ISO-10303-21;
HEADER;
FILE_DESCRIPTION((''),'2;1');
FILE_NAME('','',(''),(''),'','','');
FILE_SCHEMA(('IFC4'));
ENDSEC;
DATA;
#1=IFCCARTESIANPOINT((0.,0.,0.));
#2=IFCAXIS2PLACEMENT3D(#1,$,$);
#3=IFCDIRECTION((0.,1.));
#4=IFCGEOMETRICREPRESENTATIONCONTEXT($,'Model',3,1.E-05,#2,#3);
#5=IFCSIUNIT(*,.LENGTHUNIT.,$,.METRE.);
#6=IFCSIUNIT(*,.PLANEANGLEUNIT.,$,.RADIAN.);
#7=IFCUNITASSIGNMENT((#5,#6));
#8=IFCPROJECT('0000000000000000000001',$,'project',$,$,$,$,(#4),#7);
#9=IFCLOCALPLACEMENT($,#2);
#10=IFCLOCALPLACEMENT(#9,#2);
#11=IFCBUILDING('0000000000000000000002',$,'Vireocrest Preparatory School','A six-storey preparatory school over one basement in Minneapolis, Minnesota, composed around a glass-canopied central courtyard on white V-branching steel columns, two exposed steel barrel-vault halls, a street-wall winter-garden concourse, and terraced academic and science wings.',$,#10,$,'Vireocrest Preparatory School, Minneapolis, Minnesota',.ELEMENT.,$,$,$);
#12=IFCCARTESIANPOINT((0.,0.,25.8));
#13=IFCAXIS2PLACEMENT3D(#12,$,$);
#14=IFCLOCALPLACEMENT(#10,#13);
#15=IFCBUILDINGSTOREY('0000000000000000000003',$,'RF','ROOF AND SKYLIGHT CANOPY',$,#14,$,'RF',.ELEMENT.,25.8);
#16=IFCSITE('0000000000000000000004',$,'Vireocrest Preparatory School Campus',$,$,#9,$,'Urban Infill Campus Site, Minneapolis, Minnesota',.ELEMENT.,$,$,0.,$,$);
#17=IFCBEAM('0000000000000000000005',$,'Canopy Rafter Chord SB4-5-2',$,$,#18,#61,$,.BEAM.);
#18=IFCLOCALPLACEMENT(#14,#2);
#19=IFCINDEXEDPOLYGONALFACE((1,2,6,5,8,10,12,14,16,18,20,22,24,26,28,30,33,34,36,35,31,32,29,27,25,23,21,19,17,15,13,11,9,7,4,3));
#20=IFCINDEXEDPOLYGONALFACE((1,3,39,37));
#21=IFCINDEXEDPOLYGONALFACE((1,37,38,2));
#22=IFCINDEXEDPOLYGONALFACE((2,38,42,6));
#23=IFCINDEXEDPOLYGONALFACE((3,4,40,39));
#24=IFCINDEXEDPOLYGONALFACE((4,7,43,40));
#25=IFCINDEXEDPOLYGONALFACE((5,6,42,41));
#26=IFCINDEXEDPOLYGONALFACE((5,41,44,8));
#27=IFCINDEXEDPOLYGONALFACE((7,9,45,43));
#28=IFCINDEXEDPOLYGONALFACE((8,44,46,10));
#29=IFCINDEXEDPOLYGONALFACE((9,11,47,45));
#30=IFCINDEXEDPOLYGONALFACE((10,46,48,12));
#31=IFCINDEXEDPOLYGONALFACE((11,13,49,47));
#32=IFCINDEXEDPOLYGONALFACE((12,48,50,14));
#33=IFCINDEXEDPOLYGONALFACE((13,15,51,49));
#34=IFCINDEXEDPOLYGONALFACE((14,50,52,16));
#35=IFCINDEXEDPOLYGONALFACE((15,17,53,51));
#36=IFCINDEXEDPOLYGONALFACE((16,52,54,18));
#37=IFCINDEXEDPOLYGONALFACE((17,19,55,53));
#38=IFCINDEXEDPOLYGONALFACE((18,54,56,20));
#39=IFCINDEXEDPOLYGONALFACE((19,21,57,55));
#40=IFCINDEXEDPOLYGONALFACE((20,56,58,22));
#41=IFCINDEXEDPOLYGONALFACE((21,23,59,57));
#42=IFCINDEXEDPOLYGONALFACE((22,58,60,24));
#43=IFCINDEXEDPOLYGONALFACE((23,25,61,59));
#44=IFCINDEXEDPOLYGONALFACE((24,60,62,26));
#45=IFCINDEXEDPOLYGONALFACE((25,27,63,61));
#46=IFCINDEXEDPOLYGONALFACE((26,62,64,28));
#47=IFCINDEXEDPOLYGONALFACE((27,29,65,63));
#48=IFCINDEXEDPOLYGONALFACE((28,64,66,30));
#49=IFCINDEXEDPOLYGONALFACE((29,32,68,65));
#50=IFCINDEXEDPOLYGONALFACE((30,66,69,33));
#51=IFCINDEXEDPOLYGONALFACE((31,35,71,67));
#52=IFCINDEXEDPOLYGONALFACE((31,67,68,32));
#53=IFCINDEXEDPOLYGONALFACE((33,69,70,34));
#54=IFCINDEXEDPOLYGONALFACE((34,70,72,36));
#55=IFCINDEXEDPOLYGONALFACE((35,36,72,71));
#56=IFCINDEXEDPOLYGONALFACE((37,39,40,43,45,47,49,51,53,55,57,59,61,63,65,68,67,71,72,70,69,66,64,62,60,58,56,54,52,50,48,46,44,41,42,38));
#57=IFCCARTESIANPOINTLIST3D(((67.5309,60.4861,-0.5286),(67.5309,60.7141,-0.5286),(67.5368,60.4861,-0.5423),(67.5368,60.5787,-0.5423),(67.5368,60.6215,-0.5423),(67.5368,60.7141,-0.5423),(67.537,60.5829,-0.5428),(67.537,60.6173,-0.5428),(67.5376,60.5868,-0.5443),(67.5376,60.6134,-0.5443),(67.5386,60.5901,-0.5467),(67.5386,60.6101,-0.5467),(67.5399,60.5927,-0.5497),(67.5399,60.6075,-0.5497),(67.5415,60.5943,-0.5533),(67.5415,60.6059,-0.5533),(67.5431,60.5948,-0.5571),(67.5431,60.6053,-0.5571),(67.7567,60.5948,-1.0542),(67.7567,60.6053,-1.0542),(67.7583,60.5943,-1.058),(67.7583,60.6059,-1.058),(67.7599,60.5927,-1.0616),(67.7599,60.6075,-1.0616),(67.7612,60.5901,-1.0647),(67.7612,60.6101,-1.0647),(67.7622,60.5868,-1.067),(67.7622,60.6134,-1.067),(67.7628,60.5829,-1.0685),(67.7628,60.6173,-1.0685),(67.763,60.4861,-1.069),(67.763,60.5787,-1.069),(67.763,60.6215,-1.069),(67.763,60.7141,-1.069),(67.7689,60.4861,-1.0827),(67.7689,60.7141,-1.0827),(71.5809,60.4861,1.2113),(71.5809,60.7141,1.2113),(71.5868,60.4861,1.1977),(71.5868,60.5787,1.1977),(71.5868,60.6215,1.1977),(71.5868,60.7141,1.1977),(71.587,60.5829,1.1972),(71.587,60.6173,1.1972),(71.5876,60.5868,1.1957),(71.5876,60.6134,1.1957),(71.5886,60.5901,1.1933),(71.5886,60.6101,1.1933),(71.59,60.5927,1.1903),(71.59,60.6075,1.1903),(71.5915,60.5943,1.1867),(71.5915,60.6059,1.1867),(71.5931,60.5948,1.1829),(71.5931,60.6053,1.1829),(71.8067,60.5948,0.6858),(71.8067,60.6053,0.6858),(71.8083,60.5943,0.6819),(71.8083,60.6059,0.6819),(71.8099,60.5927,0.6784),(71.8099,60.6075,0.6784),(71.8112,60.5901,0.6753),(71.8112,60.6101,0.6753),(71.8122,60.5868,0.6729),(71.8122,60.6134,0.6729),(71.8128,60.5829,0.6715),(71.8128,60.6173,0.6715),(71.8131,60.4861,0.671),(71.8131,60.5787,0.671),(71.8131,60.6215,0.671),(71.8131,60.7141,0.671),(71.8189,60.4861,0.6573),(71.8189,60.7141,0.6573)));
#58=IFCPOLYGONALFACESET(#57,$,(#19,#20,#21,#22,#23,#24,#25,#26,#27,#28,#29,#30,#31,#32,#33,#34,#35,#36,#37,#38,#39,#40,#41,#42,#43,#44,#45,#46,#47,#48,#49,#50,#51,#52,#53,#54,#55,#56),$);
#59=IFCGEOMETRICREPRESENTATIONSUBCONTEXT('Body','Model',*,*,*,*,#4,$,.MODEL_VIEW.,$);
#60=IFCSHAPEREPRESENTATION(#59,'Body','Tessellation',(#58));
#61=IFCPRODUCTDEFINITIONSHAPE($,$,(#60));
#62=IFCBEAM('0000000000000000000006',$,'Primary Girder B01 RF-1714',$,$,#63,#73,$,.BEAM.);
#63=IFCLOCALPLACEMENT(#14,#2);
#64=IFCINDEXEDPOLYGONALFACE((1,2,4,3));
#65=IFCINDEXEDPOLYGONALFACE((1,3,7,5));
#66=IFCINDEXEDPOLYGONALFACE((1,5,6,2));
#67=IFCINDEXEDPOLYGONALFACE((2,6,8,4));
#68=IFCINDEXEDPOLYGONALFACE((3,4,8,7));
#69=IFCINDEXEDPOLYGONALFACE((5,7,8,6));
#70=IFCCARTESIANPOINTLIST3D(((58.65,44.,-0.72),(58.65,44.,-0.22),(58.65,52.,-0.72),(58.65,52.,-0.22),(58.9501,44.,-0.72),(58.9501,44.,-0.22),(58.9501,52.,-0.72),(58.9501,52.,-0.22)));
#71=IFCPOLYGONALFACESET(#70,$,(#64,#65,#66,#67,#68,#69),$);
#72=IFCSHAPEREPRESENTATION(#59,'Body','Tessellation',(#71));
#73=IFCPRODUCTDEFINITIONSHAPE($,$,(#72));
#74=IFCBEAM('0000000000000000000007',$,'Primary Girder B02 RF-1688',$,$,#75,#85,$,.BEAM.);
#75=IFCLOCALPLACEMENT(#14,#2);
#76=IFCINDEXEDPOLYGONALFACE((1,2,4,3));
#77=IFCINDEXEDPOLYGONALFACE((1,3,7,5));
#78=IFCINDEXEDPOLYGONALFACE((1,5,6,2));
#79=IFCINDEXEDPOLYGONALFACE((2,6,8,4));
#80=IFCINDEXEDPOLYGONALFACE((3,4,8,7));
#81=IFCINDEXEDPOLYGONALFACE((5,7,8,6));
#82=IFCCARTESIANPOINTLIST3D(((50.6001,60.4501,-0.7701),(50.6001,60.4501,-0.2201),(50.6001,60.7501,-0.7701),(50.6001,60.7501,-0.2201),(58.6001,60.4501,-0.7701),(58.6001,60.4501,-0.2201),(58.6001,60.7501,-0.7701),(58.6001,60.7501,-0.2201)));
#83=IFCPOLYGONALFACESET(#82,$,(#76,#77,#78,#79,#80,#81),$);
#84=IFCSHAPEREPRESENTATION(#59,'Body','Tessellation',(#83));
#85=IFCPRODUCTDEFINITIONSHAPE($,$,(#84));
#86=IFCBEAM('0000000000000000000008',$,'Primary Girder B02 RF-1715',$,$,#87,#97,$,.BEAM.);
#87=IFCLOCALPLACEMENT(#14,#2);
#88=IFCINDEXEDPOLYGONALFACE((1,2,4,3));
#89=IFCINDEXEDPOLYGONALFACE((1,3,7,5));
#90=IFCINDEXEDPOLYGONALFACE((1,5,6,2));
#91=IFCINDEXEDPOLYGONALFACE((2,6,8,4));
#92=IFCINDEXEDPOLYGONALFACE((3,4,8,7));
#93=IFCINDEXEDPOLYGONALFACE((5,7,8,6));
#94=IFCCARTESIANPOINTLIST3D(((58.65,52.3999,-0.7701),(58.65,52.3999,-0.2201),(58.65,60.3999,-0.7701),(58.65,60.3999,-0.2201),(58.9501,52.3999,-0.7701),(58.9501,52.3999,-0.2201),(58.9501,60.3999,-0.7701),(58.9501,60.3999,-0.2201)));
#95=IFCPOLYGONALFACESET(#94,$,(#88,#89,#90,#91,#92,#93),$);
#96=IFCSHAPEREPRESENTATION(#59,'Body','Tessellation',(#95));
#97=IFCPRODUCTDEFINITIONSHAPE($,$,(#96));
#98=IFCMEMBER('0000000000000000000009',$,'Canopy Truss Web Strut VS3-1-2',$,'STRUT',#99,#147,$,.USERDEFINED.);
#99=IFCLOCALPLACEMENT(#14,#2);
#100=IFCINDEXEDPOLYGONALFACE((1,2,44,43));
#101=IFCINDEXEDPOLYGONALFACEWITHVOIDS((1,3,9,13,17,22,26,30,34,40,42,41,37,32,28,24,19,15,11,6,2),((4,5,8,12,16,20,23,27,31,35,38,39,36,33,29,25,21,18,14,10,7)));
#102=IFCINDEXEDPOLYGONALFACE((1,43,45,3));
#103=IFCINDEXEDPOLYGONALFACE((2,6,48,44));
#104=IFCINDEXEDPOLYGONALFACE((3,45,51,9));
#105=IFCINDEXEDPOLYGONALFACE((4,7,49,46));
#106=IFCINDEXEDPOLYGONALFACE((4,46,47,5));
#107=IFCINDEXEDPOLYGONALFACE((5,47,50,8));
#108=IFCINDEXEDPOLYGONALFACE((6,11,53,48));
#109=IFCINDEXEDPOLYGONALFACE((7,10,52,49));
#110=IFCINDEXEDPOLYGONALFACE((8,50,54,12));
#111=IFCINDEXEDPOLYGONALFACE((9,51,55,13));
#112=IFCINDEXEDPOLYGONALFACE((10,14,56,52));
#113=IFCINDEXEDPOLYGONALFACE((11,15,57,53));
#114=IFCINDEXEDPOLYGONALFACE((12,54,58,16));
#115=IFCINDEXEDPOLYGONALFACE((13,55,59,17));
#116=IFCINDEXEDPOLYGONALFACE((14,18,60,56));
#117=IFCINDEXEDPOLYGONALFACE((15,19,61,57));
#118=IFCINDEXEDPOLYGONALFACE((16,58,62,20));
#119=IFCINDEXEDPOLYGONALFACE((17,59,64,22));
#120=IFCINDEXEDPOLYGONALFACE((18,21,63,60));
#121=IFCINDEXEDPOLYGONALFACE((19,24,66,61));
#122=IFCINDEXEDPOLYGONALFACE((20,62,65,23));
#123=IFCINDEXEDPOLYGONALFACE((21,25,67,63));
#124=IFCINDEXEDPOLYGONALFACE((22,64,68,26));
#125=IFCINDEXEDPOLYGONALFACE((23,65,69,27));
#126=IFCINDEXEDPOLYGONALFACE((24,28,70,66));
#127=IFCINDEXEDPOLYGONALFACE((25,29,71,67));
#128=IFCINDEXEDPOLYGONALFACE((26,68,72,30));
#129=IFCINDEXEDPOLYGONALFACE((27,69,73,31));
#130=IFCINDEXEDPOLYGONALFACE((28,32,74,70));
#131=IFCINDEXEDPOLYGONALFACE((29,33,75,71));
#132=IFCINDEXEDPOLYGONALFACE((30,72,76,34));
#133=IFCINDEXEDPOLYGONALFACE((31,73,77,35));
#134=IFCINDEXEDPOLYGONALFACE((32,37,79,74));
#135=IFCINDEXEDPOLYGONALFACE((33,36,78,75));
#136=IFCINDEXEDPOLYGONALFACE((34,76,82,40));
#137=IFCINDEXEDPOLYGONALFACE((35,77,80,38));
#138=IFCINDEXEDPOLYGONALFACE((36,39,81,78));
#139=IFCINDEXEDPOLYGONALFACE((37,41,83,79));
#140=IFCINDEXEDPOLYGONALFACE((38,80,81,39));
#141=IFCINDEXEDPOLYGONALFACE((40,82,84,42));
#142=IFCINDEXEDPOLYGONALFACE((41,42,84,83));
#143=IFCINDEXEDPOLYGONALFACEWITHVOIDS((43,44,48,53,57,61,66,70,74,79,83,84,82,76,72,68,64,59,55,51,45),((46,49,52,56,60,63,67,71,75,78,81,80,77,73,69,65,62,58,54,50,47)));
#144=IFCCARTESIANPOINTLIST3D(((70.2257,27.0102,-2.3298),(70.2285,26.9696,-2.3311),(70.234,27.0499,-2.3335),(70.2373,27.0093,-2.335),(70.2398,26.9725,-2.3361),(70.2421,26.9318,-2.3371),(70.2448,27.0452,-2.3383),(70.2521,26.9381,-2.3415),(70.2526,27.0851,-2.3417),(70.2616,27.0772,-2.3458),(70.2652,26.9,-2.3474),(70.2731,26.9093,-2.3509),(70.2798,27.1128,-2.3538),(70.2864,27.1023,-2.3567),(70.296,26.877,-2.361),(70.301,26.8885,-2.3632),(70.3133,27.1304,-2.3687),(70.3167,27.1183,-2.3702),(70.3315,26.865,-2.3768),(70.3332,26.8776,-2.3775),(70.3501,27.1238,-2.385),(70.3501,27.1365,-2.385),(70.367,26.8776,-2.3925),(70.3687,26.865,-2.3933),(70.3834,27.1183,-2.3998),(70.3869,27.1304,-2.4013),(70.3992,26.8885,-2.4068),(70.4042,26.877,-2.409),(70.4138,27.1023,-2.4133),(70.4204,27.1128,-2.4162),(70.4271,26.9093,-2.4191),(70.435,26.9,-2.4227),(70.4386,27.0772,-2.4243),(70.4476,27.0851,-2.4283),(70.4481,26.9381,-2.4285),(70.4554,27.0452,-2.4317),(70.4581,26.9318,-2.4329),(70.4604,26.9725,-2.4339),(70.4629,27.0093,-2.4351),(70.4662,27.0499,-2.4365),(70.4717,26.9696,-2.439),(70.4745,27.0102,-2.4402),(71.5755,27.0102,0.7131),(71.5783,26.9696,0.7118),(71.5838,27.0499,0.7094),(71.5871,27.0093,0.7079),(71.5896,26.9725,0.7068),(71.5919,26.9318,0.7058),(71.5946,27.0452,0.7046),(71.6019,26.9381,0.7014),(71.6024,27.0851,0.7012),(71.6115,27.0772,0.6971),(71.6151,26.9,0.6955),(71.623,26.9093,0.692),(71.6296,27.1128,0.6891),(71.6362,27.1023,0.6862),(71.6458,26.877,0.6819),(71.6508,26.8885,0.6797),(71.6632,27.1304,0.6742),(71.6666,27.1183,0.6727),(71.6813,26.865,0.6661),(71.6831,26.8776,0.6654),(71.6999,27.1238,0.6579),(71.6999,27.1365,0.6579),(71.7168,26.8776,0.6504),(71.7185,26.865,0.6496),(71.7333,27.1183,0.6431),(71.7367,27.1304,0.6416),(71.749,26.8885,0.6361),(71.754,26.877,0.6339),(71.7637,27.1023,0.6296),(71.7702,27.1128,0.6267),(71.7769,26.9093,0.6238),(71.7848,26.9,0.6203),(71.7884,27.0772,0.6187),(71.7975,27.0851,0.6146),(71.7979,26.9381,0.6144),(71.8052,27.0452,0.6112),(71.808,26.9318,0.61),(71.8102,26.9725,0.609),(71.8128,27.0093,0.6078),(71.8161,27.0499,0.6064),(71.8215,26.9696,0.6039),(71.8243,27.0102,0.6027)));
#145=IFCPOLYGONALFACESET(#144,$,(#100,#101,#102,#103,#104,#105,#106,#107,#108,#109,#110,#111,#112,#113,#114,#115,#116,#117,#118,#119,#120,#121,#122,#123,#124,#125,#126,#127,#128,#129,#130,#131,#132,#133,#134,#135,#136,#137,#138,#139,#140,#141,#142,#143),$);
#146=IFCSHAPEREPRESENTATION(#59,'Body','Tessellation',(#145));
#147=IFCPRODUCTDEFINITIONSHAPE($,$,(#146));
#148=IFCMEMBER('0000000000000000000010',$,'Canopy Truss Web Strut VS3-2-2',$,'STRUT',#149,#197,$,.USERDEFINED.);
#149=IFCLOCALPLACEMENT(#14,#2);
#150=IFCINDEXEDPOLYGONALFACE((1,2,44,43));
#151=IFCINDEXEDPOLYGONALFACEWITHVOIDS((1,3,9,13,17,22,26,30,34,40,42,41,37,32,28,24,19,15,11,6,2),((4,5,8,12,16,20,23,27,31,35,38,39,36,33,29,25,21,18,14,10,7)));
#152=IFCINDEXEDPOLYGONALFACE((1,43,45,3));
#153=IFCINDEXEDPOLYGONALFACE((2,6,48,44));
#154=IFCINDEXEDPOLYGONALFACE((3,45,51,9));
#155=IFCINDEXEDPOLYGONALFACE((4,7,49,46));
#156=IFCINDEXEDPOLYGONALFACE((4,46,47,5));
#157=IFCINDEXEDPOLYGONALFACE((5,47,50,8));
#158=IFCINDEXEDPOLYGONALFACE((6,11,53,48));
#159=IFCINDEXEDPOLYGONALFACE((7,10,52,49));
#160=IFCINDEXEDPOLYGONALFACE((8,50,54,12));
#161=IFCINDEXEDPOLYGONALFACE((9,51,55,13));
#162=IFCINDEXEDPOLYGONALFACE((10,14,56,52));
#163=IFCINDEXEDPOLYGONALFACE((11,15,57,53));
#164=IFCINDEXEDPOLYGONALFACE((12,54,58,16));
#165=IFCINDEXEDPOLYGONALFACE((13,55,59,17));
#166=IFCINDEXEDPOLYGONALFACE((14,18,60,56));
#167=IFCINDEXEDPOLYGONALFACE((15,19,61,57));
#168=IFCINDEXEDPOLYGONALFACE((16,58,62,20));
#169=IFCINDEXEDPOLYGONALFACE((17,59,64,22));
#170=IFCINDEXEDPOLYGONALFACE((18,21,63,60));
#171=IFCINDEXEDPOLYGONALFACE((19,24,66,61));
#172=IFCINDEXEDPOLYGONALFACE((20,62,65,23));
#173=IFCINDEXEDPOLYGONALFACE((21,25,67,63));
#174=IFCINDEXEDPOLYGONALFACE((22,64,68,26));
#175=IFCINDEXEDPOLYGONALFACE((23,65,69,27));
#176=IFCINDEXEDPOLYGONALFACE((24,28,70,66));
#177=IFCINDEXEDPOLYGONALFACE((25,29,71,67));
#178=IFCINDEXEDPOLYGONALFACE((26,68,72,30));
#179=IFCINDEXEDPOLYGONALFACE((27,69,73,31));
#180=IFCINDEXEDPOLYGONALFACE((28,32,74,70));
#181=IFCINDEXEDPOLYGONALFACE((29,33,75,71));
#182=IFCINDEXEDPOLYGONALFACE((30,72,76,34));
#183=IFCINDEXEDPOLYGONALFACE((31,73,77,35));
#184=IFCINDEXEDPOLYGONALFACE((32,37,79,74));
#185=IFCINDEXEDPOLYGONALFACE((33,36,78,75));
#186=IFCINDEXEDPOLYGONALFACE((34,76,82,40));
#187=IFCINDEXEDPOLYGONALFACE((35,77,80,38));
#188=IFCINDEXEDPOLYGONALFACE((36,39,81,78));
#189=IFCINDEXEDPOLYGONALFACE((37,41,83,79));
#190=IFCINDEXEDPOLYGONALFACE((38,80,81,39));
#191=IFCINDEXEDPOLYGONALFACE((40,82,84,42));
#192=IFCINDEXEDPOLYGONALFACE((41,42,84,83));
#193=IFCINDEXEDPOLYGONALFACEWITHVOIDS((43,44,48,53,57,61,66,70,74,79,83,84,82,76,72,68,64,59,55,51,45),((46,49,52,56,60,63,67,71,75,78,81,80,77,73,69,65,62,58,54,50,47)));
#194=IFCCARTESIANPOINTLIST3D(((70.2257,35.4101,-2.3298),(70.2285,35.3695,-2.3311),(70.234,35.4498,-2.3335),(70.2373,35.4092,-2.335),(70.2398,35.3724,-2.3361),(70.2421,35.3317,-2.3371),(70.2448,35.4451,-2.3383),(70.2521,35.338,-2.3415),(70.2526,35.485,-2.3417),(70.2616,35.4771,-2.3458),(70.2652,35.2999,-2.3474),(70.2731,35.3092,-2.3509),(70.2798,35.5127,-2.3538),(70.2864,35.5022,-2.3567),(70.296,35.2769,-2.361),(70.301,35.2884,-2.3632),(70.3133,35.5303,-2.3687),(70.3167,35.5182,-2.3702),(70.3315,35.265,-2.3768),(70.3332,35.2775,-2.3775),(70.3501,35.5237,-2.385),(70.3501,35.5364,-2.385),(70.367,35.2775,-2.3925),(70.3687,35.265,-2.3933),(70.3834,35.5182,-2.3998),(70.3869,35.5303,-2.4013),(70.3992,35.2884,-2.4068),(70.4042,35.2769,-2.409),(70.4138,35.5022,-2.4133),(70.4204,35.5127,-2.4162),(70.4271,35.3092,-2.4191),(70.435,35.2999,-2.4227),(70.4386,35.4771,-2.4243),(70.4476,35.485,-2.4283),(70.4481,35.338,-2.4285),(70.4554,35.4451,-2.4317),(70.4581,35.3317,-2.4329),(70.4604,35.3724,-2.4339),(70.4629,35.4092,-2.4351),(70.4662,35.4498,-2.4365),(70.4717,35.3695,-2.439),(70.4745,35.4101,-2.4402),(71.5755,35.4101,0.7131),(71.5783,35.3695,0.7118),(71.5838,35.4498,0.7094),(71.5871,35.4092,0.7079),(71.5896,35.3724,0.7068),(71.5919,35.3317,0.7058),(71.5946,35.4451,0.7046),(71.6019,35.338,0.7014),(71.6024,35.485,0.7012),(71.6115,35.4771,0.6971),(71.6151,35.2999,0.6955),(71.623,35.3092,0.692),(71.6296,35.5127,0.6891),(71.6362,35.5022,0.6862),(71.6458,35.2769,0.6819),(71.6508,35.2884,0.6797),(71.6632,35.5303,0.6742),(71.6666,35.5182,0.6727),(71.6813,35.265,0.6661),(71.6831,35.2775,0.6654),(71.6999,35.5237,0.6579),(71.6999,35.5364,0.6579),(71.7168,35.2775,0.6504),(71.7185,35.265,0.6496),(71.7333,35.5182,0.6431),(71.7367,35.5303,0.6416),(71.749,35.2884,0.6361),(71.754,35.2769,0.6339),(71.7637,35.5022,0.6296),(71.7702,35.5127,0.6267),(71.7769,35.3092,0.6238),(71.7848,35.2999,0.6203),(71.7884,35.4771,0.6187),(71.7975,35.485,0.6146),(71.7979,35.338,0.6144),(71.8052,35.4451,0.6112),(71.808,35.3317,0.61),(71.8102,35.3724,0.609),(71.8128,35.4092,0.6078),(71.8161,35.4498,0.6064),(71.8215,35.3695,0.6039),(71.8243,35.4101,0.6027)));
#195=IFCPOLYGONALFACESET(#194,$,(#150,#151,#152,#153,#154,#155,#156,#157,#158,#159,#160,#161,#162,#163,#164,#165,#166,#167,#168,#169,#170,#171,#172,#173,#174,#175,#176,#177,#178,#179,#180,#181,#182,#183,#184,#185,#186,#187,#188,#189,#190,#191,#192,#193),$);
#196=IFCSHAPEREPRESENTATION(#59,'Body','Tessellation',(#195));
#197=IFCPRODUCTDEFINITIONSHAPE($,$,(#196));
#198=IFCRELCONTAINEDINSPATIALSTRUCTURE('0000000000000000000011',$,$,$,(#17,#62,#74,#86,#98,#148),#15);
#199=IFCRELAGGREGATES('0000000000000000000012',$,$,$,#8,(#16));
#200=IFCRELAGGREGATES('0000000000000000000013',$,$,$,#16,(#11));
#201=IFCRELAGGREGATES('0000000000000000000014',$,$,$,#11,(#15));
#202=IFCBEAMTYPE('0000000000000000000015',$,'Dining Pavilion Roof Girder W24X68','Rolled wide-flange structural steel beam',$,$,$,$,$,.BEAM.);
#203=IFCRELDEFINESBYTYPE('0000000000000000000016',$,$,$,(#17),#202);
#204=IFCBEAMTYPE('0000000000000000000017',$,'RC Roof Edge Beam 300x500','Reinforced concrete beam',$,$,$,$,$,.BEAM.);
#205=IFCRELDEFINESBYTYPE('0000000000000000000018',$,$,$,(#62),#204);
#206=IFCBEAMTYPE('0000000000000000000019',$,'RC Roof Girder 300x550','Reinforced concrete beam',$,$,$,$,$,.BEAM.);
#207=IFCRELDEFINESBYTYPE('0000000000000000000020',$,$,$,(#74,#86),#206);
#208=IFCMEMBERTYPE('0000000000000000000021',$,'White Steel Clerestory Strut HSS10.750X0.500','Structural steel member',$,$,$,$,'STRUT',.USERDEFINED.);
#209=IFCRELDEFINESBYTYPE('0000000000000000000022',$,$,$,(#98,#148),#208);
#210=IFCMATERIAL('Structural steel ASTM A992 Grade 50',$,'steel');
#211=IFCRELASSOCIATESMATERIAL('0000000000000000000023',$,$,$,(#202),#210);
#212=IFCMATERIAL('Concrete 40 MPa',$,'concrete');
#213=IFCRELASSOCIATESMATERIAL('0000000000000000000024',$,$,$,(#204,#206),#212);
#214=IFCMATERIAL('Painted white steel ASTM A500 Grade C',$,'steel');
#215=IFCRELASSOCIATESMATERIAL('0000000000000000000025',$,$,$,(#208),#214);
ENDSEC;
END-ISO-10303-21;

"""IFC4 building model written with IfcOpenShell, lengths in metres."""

from ifc_helpers import new_model, si_unit, direction, frame, origin, origin_2d, place, context, subcontext, project, spatial, rectangle, hollow_circle, i_section, extrude, material, material_profile, profile_set, type_object, element, save


model = new_model("IFC4")

# Units and contexts
model_context = context("Model", 3, precision=1e-05, world=origin(), true_north=direction((0.0, 1.0)))
body_context = subcontext(model_context, "Body", "Model", "MODEL_VIEW")
ifc_project = project(units=[si_unit("LENGTHUNIT", "METRE"), si_unit("PLANEANGLEUNIT", "RADIAN")], contexts=[model_context])

# Site, building, storey
site_placement = place(None, origin())
site = spatial("IfcSite", under=ifc_project, at=site_placement, Name="Vireocrest Preparatory School Campus", LongName="Urban Infill Campus Site, Minneapolis, Minnesota", CompositionType="ELEMENT", RefElevation=0.0)
building_placement = place(site_placement, origin())
building = spatial("IfcBuilding", under=site, at=building_placement, Name="Vireocrest Preparatory School", Description="A six-storey preparatory school over one basement in Minneapolis, Minnesota, composed around a glass-canopied central courtyard on white V-branching steel columns, two exposed steel barrel-vault halls, a street-wall winter-garden concourse, and terraced academic and science wings.", LongName="Vireocrest Preparatory School, Minneapolis, Minnesota", CompositionType="ELEMENT")
storey_placement = place(building_placement, frame((0.0, 0.0, 25.8)))
storey = spatial("IfcBuildingStorey", under=building, at=storey_placement, Name="RF", Description="ROOF AND SKYLIGHT CANOPY", LongName="RF", CompositionType="ELEMENT", Elevation=25.8)

# Beams
ifc_material_1 = material(Name="Structural steel ASTM A992 Grade 50", Category="steel")
ifc_material_profile_1 = material_profile(ifc_material_1, i_section(OverallWidth=0.228, OverallDepth=0.603, WebThickness=0.0105, FlangeThickness=0.0149, FilletRadius=0.0161, at=origin_2d()), Name="W24X68")
ifc_profile_set_1 = profile_set([ifc_material_profile_1], Name="Structural steel ASTM A992 Grade 50")
beam_type_1 = type_object("IfcBeamType", Name="Dining Pavilion Roof Girder W24X68", Description="Rolled wide-flange structural steel beam", PredefinedType="BEAM", material=ifc_profile_set_1)
for number, where, z_axis, x_axis, name in (
    (1, (67.6499, 60.6001, -0.8057), (0.918795, 0.0, 0.394735), (0.0, 1.0, 0.0), "Canopy Rafter Chord SB4-5-2"),
):
    element("IfcBeam", number, at=place(storey_placement, frame(where, z_axis=z_axis, x_axis=x_axis)), inside=storey, type_object=beam_type_1, Name=name, PredefinedType="BEAM", context=body_context, shape_type="SweptSolid", body=[
        extrude(i_section(OverallWidth=0.228, OverallDepth=0.603, WebThickness=0.0105, FlangeThickness=0.0149, FilletRadius=0.0161, at=origin_2d()), origin(), (0.0, 0.0, 1.0), 4.408),
    ])
ifc_material_2 = material(Name="Concrete 40 MPa", Category="concrete")
ifc_material_profile_2 = material_profile(ifc_material_2, rectangle(XDim=0.3, YDim=0.5, at=origin_2d()), Name="RC 300x500")
ifc_profile_set_2 = profile_set([ifc_material_profile_2], Name="Concrete 40 MPa")
beam_type_2 = type_object("IfcBeamType", Name="RC Roof Edge Beam 300x500", Description="Reinforced concrete beam", PredefinedType="BEAM", material=ifc_profile_set_2)
beam_placement = place(storey_placement, frame((58.8, 44.0, -0.47), z_axis=(0.0, 1.0, 0.0), x_axis=(-1.0, 0.0, 0.0)))
element("IfcBeam", 2, at=beam_placement, inside=storey, type_object=beam_type_2, Name="Primary Girder B01 RF-1714", PredefinedType="BEAM", context=body_context, shape_type="SweptSolid", body=[
    extrude(rectangle(XDim=0.3, YDim=0.5, at=origin_2d()), origin(), (0.0, 0.0, 1.0), 8.0),
])
ifc_material_profile_3 = material_profile(ifc_material_2, rectangle(XDim=0.3, YDim=0.55, at=origin_2d()), Name="RC 300x550")
ifc_profile_set_3 = profile_set([ifc_material_profile_3], Name="Concrete 40 MPa")
beam_type_3 = type_object("IfcBeamType", Name="RC Roof Girder 300x550", Description="Reinforced concrete beam", PredefinedType="BEAM", material=ifc_profile_set_3)
for number, where, z_axis, x_axis, name in (
    (3, (50.6001, 60.6001, -0.4951), (1.0, 0.0, 0.0), (0.0, 1.0, 0.0), "Primary Girder B02 RF-1688"),
    (4, (58.8, 52.3999, -0.4951), (0.0, 1.0, 0.0), (-1.0, 0.0, 0.0), "Primary Girder B02 RF-1715"),
):
    element("IfcBeam", number, at=place(storey_placement, frame(where, z_axis=z_axis, x_axis=x_axis)), inside=storey, type_object=beam_type_3, Name=name, PredefinedType="BEAM", context=body_context, shape_type="SweptSolid", body=[
        extrude(rectangle(XDim=0.3, YDim=0.55, at=origin_2d()), origin(), (0.0, 0.0, 1.0), 8.0),
    ])

# Members
ifc_material_3 = material(Name="Painted white steel ASTM A500 Grade C", Category="steel")
ifc_material_profile_4 = material_profile(ifc_material_3, hollow_circle(Radius=0.1365, WallThickness=0.0127, at=origin_2d()), Name="HSS10.750X0.500")
ifc_profile_set_4 = profile_set([ifc_material_profile_4], Name="Painted white steel ASTM A500 Grade C")
member_type = type_object("IfcMemberType", Name="White Steel Clerestory Strut HSS10.750X0.500", Description="Structural steel member", ElementType="STRUT", PredefinedType="USERDEFINED", material=ifc_profile_set_4)
for number, where, z_axis, x_axis, name in (
    (5, (70.3501, 27.0, -2.385), (0.405492, 0.0, 0.914099), (0.0, 1.0, 0.0), "Canopy Truss Web Strut VS3-1-2"),
    (6, (70.3501, 35.3999, -2.385), (0.405492, 0.0, 0.914099), (0.0, 1.0, 0.0), "Canopy Truss Web Strut VS3-2-2"),
):
    element("IfcMember", number, at=place(storey_placement, frame(where, z_axis=z_axis, x_axis=x_axis)), inside=storey, type_object=member_type, Name=name, ObjectType="STRUT", PredefinedType="USERDEFINED", context=body_context, shape_type="SweptSolid", body=[
        extrude(hollow_circle(Radius=0.1365, WallThickness=0.0127, at=origin_2d()), origin(), (0.0, 0.0, 1.0), 3.3289),
    ])

save(model, "model.ifc")
